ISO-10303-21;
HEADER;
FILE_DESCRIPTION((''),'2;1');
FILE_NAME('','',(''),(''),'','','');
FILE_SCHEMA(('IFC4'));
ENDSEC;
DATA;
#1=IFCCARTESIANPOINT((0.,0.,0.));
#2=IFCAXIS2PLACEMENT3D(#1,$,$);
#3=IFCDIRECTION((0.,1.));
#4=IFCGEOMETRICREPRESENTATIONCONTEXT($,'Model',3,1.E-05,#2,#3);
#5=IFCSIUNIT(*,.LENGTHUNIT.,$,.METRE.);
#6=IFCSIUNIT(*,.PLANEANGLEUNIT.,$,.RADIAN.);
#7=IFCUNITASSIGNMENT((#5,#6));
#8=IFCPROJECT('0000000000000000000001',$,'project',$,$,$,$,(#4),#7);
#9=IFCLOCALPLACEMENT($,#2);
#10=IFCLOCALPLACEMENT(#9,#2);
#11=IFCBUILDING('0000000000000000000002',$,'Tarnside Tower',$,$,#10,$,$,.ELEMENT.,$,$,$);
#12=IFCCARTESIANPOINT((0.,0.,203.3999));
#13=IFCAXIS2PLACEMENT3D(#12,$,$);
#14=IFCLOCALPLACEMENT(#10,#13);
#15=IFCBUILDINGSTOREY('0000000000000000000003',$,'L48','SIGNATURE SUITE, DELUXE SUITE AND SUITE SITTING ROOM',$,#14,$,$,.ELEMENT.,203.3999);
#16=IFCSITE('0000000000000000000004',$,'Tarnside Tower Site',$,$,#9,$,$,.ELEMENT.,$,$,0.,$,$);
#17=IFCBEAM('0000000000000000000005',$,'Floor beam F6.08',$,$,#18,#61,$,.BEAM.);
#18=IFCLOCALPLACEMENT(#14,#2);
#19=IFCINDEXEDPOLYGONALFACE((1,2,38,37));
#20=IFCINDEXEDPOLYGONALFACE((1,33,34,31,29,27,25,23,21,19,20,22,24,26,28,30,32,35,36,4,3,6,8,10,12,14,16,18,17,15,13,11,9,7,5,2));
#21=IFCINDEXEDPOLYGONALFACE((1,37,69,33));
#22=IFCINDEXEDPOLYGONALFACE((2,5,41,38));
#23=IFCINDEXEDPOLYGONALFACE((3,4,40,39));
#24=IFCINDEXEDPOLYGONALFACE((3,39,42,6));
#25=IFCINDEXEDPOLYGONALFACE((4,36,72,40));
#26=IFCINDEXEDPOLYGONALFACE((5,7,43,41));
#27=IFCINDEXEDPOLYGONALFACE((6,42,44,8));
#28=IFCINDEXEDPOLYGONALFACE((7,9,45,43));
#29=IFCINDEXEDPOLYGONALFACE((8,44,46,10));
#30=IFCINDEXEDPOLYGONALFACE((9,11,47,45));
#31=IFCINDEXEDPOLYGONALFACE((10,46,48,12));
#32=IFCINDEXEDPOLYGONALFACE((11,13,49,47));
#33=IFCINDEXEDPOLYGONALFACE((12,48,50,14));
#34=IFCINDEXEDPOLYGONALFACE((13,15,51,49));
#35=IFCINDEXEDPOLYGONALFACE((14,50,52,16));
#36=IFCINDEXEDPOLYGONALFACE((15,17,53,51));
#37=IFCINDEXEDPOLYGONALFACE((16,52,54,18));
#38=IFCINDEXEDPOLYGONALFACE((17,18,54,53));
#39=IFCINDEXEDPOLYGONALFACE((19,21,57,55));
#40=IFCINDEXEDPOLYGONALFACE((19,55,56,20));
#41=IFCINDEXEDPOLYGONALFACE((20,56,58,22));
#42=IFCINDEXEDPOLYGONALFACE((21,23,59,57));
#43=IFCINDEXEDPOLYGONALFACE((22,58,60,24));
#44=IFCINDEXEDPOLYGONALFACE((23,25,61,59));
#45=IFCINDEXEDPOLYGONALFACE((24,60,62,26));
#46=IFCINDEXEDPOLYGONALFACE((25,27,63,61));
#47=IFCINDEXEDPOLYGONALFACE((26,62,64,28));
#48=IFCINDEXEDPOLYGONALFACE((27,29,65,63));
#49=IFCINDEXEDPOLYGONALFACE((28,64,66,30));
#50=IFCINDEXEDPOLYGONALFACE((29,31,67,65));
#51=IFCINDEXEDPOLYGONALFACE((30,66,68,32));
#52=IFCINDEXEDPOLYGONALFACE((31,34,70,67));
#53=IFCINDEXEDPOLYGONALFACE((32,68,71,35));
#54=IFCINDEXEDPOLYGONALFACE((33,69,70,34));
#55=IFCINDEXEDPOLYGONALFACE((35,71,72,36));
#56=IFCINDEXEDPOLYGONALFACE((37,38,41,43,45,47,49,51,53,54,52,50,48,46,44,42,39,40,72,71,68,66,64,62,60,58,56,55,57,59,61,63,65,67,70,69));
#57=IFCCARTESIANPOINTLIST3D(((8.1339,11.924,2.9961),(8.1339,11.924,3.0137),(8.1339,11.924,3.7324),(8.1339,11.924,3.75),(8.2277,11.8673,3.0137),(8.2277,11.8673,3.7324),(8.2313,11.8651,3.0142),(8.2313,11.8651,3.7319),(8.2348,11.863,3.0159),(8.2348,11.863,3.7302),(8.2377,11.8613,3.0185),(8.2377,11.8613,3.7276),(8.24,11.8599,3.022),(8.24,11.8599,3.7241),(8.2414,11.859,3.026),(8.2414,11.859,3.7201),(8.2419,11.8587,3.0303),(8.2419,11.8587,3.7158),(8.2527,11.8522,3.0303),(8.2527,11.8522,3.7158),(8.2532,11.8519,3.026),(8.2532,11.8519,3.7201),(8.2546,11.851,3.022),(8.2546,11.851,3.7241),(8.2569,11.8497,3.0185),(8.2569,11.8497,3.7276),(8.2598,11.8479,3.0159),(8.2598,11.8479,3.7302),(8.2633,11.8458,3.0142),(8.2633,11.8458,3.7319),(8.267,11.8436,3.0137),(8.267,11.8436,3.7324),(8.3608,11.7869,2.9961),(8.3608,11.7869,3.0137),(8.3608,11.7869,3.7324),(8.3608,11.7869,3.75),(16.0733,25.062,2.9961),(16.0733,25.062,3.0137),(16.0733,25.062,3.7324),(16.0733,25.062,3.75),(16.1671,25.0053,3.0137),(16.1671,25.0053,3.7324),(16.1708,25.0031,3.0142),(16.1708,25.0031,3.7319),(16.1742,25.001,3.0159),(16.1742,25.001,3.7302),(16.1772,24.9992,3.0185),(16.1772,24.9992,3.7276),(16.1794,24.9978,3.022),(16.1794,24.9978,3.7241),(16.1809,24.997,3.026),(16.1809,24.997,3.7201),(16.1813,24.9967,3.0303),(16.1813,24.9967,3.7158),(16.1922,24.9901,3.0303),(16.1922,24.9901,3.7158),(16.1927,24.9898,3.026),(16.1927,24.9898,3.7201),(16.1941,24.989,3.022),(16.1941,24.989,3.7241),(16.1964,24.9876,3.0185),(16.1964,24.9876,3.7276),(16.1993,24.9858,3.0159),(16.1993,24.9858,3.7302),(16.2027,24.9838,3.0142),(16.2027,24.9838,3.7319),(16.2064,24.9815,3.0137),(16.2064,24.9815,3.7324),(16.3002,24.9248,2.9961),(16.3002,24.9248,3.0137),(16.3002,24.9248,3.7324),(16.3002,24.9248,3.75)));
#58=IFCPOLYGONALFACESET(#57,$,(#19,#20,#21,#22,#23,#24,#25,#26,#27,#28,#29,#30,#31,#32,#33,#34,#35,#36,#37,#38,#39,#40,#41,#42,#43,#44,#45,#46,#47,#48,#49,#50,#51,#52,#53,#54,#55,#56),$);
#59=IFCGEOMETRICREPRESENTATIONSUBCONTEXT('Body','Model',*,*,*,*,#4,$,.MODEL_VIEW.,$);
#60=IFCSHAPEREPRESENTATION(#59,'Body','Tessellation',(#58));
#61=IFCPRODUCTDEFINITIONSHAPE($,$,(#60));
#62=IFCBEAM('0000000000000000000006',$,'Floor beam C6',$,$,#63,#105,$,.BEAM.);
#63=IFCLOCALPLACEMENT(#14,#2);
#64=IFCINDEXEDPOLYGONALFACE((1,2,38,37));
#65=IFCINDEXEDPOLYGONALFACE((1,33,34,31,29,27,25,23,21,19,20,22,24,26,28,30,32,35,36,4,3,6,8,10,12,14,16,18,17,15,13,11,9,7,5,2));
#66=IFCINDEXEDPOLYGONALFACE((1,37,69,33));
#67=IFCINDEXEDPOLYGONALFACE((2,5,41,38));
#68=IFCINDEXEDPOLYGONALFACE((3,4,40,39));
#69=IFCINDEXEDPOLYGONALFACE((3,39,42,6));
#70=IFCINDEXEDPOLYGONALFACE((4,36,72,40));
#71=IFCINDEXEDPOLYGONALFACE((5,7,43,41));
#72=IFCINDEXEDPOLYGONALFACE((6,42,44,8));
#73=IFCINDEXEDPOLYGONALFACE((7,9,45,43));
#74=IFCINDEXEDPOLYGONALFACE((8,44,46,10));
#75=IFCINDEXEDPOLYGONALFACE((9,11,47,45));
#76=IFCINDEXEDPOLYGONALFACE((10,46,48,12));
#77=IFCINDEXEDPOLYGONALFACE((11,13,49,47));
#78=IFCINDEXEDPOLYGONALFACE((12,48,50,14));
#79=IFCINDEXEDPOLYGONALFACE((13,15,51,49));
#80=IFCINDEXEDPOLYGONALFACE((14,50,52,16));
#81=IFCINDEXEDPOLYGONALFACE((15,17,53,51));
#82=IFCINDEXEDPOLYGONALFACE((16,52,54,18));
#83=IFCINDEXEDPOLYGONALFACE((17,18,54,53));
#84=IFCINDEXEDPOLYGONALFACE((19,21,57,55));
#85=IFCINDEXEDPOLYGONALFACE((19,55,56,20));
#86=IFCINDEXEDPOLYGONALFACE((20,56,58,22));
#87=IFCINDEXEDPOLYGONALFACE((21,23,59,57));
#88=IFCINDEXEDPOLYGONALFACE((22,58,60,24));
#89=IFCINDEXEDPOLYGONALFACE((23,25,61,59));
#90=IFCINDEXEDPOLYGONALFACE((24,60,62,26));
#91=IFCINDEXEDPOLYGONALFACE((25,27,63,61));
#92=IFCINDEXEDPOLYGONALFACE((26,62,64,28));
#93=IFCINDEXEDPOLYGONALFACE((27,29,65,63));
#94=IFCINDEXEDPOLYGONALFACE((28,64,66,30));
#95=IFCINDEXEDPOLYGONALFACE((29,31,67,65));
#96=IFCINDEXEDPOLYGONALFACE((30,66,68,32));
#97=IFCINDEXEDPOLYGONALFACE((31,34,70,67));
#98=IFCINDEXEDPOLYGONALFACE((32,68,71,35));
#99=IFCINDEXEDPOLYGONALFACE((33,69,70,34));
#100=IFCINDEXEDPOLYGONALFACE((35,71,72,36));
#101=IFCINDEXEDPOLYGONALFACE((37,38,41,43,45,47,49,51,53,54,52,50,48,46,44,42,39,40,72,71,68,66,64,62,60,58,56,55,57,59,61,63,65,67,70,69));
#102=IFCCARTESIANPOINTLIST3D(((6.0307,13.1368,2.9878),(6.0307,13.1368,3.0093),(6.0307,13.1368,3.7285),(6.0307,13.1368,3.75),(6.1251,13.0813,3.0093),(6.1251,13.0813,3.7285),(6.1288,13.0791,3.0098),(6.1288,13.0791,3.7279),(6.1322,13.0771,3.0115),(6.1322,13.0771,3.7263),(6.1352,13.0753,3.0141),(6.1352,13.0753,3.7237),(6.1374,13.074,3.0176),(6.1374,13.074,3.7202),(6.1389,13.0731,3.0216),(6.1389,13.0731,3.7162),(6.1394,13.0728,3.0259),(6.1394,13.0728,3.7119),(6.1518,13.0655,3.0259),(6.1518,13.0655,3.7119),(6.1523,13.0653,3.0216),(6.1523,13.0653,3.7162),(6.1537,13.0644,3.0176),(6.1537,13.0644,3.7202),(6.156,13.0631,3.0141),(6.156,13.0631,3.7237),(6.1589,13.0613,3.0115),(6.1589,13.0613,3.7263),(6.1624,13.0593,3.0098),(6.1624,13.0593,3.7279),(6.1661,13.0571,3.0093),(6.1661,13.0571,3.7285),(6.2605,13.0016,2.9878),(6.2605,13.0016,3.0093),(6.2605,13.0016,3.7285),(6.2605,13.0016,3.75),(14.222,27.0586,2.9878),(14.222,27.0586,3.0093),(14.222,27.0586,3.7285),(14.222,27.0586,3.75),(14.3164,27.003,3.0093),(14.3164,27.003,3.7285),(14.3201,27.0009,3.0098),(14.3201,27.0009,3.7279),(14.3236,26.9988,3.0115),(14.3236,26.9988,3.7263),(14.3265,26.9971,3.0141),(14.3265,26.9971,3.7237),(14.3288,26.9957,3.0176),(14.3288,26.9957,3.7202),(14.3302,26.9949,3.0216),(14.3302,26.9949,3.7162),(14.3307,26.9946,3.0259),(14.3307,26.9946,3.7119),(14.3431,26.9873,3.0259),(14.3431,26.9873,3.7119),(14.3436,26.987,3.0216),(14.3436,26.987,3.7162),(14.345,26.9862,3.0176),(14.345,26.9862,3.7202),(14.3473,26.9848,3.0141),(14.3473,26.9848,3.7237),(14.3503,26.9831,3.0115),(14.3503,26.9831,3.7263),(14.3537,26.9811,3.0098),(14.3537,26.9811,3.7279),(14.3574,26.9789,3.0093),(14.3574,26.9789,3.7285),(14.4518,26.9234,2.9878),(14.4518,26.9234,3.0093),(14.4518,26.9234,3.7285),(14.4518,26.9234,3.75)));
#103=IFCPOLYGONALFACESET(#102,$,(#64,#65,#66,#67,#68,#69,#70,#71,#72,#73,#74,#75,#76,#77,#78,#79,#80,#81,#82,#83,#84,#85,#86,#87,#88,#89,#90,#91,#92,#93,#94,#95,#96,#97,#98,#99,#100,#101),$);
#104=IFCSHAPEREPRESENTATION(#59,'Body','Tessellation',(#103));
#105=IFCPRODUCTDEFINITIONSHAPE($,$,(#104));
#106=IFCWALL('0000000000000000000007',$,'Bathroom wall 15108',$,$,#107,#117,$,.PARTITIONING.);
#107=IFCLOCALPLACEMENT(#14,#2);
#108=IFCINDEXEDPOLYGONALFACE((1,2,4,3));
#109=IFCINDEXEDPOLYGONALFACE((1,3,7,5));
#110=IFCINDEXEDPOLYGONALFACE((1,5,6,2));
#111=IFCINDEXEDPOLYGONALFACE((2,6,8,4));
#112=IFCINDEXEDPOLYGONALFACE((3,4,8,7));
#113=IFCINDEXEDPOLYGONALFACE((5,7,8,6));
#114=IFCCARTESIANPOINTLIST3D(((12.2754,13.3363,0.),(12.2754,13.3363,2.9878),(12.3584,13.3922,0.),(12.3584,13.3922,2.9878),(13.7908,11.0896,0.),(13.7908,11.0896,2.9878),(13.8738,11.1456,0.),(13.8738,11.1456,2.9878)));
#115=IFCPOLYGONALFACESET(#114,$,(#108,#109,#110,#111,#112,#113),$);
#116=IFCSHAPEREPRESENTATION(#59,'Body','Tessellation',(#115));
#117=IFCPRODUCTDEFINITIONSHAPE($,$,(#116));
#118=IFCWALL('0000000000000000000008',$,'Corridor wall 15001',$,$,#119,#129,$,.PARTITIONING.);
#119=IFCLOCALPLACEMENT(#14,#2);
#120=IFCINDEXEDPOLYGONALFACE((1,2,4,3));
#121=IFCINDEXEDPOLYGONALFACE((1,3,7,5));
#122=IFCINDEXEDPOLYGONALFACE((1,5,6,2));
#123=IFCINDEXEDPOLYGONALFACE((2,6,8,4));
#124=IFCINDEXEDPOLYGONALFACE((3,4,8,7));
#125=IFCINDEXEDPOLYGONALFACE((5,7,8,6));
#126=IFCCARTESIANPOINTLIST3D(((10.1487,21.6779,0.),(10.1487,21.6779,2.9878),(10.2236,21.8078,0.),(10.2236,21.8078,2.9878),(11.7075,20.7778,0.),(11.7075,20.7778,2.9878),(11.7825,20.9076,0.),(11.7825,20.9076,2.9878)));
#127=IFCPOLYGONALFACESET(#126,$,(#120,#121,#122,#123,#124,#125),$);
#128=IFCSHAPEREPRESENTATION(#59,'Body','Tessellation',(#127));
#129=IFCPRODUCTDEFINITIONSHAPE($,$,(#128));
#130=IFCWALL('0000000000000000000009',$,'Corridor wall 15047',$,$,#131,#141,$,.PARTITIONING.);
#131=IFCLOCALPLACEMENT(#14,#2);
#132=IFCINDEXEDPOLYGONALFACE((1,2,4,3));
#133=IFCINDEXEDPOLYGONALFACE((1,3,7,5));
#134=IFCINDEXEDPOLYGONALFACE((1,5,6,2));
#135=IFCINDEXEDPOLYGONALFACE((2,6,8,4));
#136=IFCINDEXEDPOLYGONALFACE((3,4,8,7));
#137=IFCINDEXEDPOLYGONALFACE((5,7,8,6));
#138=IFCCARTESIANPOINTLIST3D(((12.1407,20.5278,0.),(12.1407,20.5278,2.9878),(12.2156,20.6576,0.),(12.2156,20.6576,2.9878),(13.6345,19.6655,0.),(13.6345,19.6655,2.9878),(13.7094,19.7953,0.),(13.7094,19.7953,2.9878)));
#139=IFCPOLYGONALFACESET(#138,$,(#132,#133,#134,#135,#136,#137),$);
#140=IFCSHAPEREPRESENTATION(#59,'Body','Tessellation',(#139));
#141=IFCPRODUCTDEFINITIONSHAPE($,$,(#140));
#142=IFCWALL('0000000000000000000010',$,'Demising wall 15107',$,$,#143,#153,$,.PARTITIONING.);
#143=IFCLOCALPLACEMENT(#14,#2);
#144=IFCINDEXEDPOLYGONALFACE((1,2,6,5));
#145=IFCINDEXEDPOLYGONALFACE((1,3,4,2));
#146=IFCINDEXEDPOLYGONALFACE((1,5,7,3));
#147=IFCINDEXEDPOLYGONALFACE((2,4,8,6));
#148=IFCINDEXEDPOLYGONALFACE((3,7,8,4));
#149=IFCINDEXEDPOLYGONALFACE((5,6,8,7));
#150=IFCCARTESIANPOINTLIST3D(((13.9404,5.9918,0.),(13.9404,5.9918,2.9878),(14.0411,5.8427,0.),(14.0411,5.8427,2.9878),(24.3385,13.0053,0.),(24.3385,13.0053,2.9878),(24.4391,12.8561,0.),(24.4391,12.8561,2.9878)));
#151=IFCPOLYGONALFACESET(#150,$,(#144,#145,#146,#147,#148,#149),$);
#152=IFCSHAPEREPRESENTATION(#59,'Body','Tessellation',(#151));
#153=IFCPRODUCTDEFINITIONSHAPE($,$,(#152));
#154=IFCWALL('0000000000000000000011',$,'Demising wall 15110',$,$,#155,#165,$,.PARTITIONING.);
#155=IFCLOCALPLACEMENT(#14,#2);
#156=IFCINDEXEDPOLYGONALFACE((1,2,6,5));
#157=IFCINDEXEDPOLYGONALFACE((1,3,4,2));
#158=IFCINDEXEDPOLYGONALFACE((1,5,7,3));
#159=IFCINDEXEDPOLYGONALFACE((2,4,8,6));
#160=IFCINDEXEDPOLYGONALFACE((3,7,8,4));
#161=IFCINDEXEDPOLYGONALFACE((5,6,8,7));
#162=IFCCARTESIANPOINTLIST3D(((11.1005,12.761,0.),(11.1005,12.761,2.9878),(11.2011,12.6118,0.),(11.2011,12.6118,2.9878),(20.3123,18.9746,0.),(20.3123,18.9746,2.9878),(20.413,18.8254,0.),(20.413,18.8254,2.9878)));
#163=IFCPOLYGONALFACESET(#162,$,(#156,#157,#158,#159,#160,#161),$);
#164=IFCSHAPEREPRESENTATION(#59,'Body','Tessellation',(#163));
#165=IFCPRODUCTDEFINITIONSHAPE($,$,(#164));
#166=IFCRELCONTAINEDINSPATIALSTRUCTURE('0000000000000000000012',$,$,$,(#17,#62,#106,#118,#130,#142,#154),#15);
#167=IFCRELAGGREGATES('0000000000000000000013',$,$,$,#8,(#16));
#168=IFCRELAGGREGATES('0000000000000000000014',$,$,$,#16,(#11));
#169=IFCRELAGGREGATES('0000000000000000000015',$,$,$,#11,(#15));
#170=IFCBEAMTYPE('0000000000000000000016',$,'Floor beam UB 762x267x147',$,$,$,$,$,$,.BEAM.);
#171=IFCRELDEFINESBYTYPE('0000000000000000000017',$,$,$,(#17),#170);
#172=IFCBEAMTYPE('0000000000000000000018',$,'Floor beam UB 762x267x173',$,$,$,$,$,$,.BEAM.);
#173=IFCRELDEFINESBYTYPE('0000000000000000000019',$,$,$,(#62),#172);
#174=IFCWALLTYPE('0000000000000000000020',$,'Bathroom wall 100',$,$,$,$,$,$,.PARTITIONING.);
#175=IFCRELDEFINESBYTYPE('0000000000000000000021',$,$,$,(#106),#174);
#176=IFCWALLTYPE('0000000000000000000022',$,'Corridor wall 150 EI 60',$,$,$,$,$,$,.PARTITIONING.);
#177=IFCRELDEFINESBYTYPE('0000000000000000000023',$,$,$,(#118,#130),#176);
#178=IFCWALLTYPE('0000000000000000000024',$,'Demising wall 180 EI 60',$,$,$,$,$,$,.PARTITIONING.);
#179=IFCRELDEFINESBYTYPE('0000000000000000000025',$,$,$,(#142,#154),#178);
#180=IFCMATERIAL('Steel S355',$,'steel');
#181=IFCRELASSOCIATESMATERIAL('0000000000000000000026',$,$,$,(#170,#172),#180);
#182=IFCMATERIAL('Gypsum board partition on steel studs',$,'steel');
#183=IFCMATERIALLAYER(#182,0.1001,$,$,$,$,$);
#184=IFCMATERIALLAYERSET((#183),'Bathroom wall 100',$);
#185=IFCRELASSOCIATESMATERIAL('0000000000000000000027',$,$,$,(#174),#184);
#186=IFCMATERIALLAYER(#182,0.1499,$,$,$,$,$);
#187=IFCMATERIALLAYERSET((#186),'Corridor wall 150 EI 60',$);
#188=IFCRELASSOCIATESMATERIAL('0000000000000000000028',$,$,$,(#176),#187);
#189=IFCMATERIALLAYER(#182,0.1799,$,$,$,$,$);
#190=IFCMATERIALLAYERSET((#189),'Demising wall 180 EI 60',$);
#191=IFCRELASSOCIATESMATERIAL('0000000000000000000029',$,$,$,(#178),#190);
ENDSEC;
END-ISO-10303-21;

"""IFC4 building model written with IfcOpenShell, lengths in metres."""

from ifc_helpers import new_model, si_unit, direction, frame, frame_2d, origin, origin_2d, place, context, subcontext, project, spatial, rectangle, i_section, extrude, material, layer, layer_set, material_profile, profile_set, type_object, element, save


model = new_model("IFC4")

# Units and contexts
model_context = context("Model", 3, precision=1e-05, world=origin(), true_north=direction((0.0, 1.0)))
body_context = subcontext(model_context, "Body", "Model", "MODEL_VIEW")
ifc_project = project(units=[si_unit("LENGTHUNIT", "METRE"), si_unit("PLANEANGLEUNIT", "RADIAN")], contexts=[model_context])

# Site, building, storey
site_placement = place(None, origin())
site = spatial("IfcSite", under=ifc_project, at=site_placement, Name="Tarnside Tower Site", CompositionType="ELEMENT", RefElevation=0.0)
building_placement = place(site_placement, origin())
building = spatial("IfcBuilding", under=site, at=building_placement, Name="Tarnside Tower", CompositionType="ELEMENT")
storey_placement = place(building_placement, frame((0.0, 0.0, 203.3999)))
storey = spatial("IfcBuildingStorey", under=building, at=storey_placement, Name="L48", Description="SIGNATURE SUITE, DELUXE SUITE AND SUITE SITTING ROOM", CompositionType="ELEMENT", Elevation=203.3999)

# Beams
ifc_material_1 = material(Name="Steel S355", Category="steel")
ifc_material_profile_1 = material_profile(ifc_material_1, i_section(OverallWidth=0.2651, OverallDepth=0.7539, WebThickness=0.0127, FlangeThickness=0.0176, FilletRadius=0.0166, at=origin_2d()), Name="UB 762x267x147")
ifc_profile_set_1 = profile_set([ifc_material_profile_1], Name="Steel S355")
beam_type_1 = type_object("IfcBeamType", Name="Floor beam UB 762x267x147", PredefinedType="BEAM", material=ifc_profile_set_1)
beam_1_placement = place(storey_placement, frame((16.1868, 24.9934, 3.373), z_axis=(-0.517209, -0.855859, 0.0), x_axis=(0.855859, -0.517209, 0.0)))
element("IfcBeam", 1, at=beam_1_placement, inside=storey, type_object=beam_type_1, Name="Floor beam F6.08", PredefinedType="BEAM", context=body_context, shape_type="SweptSolid", body=[
    extrude(i_section(OverallWidth=0.2651, OverallDepth=0.7539, WebThickness=0.0127, FlangeThickness=0.0176, FilletRadius=0.0166, at=origin_2d()), origin(), (0.0, 0.0, 1.0), 15.3506),
])
ifc_material_profile_2 = material_profile(ifc_material_1, i_section(OverallWidth=0.2666, OverallDepth=0.7622, WebThickness=0.0144, FlangeThickness=0.0215, FilletRadius=0.0166, at=origin_2d()), Name="UB 762x267x173")
ifc_profile_set_2 = profile_set([ifc_material_profile_2], Name="Steel S355")
beam_type_2 = type_object("IfcBeamType", Name="Floor beam UB 762x267x173", PredefinedType="BEAM", material=ifc_profile_set_2)
beam_2_placement = place(storey_placement, frame((14.3369, 26.991, 3.3689), z_axis=(-0.507115, -0.861878, 0.0), x_axis=(0.861878, -0.507115, 0.0)))
element("IfcBeam", 2, at=beam_2_placement, inside=storey, type_object=beam_type_2, Name="Floor beam C6", PredefinedType="BEAM", context=body_context, shape_type="SweptSolid", body=[
    extrude(i_section(OverallWidth=0.2666, OverallDepth=0.7622, WebThickness=0.0144, FlangeThickness=0.0215, FilletRadius=0.0166, at=origin_2d()), origin(), (0.0, 0.0, 1.0), 16.1528),
])

# Walls
ifc_material_2 = material(Name="Gypsum board partition on steel studs", Category="steel")
ifc_layer_1 = layer(ifc_material_2, 0.1001)
ifc_layer_set_1 = layer_set([ifc_layer_1], Name="Bathroom wall 100")
wall_type_1 = type_object("IfcWallType", Name="Bathroom wall 100", PredefinedType="PARTITIONING", material=ifc_layer_set_1)
wall_1_placement = place(storey_placement, frame((12.3169, 13.3643, 0.0), z_axis=(0.0, 0.0, 1.0), x_axis=(0.559204, -0.82903, 0.0)))
element("IfcWall", 3, at=wall_1_placement, inside=storey, type_object=wall_type_1, Name="Bathroom wall 15108", PredefinedType="PARTITIONING", context=body_context, shape_type="SweptSolid", body=[
    extrude(rectangle(XDim=2.71, YDim=0.1001, at=frame_2d((1.355, 0.0))), origin(), (0.0, 0.0, 1.0), 2.9878),
])
ifc_layer_2 = layer(ifc_material_2, 0.1499)
ifc_layer_set_2 = layer_set([ifc_layer_2], Name="Corridor wall 150 EI 60")
wall_type_2 = type_object("IfcWallType", Name="Corridor wall 150 EI 60", PredefinedType="PARTITIONING", material=ifc_layer_set_2)
wall_2_placement = place(storey_placement, frame((11.7449, 20.8428, 0.0), z_axis=(0.0, 0.0, 1.0), x_axis=(-0.865989, 0.500063, 0.0)))
element("IfcWall", 4, at=wall_2_placement, inside=storey, type_object=wall_type_2, Name="Corridor wall 15001", PredefinedType="PARTITIONING", context=body_context, shape_type="SweptSolid", body=[
    extrude(rectangle(XDim=1.8, YDim=0.1499, at=frame_2d((0.8999, 0.0))), origin(), (0.0, 0.0, 1.0), 2.9878),
])
wall_3_placement = place(storey_placement, frame((13.6719, 19.7305, 0.0), z_axis=(0.0, 0.0, 1.0), x_axis=(-0.866075, 0.499914, 0.0)))
element("IfcWall", 5, at=wall_3_placement, inside=storey, type_object=wall_type_2, Name="Corridor wall 15047", PredefinedType="PARTITIONING", context=body_context, shape_type="SweptSolid", body=[
    extrude(rectangle(XDim=1.7249, YDim=0.1499, at=frame_2d((0.8623, 0.0))), origin(), (0.0, 0.0, 1.0), 2.9878),
])
ifc_layer_3 = layer(ifc_material_2, 0.1799)
ifc_layer_set_3 = layer_set([ifc_layer_3], Name="Demising wall 180 EI 60")
wall_type_3 = type_object("IfcWallType", Name="Demising wall 180 EI 60", PredefinedType="PARTITIONING", material=ifc_layer_set_3)
wall_4_placement = place(storey_placement, frame((24.3887, 12.9307, 0.0), z_axis=(0.0, 0.0, 1.0), x_axis=(-0.82904, -0.559189, 0.0)))
element("IfcWall", 6, at=wall_4_placement, inside=storey, type_object=wall_type_3, Name="Demising wall 15107", PredefinedType="PARTITIONING", context=body_context, shape_type="SweptSolid", body=[
    extrude(rectangle(XDim=12.5422, YDim=0.1799, at=frame_2d((6.271, 0.0))), origin(), (0.0, 0.0, 1.0), 2.9878),
])
wall_5_placement = place(storey_placement, frame((20.3625, 18.8999, 0.0), z_axis=(0.0, 0.0, 1.0), x_axis=(-0.829033, -0.5592, 0.0)))
element("IfcWall", 7, at=wall_5_placement, inside=storey, type_object=wall_type_3, Name="Demising wall 15110", PredefinedType="PARTITIONING", context=body_context, shape_type="SweptSolid", body=[
    extrude(rectangle(XDim=11.1116, YDim=0.1799, at=frame_2d((5.5557, 0.0))), origin(), (0.0, 0.0, 1.0), 2.9878),
])

save(model, "model.ifc")
